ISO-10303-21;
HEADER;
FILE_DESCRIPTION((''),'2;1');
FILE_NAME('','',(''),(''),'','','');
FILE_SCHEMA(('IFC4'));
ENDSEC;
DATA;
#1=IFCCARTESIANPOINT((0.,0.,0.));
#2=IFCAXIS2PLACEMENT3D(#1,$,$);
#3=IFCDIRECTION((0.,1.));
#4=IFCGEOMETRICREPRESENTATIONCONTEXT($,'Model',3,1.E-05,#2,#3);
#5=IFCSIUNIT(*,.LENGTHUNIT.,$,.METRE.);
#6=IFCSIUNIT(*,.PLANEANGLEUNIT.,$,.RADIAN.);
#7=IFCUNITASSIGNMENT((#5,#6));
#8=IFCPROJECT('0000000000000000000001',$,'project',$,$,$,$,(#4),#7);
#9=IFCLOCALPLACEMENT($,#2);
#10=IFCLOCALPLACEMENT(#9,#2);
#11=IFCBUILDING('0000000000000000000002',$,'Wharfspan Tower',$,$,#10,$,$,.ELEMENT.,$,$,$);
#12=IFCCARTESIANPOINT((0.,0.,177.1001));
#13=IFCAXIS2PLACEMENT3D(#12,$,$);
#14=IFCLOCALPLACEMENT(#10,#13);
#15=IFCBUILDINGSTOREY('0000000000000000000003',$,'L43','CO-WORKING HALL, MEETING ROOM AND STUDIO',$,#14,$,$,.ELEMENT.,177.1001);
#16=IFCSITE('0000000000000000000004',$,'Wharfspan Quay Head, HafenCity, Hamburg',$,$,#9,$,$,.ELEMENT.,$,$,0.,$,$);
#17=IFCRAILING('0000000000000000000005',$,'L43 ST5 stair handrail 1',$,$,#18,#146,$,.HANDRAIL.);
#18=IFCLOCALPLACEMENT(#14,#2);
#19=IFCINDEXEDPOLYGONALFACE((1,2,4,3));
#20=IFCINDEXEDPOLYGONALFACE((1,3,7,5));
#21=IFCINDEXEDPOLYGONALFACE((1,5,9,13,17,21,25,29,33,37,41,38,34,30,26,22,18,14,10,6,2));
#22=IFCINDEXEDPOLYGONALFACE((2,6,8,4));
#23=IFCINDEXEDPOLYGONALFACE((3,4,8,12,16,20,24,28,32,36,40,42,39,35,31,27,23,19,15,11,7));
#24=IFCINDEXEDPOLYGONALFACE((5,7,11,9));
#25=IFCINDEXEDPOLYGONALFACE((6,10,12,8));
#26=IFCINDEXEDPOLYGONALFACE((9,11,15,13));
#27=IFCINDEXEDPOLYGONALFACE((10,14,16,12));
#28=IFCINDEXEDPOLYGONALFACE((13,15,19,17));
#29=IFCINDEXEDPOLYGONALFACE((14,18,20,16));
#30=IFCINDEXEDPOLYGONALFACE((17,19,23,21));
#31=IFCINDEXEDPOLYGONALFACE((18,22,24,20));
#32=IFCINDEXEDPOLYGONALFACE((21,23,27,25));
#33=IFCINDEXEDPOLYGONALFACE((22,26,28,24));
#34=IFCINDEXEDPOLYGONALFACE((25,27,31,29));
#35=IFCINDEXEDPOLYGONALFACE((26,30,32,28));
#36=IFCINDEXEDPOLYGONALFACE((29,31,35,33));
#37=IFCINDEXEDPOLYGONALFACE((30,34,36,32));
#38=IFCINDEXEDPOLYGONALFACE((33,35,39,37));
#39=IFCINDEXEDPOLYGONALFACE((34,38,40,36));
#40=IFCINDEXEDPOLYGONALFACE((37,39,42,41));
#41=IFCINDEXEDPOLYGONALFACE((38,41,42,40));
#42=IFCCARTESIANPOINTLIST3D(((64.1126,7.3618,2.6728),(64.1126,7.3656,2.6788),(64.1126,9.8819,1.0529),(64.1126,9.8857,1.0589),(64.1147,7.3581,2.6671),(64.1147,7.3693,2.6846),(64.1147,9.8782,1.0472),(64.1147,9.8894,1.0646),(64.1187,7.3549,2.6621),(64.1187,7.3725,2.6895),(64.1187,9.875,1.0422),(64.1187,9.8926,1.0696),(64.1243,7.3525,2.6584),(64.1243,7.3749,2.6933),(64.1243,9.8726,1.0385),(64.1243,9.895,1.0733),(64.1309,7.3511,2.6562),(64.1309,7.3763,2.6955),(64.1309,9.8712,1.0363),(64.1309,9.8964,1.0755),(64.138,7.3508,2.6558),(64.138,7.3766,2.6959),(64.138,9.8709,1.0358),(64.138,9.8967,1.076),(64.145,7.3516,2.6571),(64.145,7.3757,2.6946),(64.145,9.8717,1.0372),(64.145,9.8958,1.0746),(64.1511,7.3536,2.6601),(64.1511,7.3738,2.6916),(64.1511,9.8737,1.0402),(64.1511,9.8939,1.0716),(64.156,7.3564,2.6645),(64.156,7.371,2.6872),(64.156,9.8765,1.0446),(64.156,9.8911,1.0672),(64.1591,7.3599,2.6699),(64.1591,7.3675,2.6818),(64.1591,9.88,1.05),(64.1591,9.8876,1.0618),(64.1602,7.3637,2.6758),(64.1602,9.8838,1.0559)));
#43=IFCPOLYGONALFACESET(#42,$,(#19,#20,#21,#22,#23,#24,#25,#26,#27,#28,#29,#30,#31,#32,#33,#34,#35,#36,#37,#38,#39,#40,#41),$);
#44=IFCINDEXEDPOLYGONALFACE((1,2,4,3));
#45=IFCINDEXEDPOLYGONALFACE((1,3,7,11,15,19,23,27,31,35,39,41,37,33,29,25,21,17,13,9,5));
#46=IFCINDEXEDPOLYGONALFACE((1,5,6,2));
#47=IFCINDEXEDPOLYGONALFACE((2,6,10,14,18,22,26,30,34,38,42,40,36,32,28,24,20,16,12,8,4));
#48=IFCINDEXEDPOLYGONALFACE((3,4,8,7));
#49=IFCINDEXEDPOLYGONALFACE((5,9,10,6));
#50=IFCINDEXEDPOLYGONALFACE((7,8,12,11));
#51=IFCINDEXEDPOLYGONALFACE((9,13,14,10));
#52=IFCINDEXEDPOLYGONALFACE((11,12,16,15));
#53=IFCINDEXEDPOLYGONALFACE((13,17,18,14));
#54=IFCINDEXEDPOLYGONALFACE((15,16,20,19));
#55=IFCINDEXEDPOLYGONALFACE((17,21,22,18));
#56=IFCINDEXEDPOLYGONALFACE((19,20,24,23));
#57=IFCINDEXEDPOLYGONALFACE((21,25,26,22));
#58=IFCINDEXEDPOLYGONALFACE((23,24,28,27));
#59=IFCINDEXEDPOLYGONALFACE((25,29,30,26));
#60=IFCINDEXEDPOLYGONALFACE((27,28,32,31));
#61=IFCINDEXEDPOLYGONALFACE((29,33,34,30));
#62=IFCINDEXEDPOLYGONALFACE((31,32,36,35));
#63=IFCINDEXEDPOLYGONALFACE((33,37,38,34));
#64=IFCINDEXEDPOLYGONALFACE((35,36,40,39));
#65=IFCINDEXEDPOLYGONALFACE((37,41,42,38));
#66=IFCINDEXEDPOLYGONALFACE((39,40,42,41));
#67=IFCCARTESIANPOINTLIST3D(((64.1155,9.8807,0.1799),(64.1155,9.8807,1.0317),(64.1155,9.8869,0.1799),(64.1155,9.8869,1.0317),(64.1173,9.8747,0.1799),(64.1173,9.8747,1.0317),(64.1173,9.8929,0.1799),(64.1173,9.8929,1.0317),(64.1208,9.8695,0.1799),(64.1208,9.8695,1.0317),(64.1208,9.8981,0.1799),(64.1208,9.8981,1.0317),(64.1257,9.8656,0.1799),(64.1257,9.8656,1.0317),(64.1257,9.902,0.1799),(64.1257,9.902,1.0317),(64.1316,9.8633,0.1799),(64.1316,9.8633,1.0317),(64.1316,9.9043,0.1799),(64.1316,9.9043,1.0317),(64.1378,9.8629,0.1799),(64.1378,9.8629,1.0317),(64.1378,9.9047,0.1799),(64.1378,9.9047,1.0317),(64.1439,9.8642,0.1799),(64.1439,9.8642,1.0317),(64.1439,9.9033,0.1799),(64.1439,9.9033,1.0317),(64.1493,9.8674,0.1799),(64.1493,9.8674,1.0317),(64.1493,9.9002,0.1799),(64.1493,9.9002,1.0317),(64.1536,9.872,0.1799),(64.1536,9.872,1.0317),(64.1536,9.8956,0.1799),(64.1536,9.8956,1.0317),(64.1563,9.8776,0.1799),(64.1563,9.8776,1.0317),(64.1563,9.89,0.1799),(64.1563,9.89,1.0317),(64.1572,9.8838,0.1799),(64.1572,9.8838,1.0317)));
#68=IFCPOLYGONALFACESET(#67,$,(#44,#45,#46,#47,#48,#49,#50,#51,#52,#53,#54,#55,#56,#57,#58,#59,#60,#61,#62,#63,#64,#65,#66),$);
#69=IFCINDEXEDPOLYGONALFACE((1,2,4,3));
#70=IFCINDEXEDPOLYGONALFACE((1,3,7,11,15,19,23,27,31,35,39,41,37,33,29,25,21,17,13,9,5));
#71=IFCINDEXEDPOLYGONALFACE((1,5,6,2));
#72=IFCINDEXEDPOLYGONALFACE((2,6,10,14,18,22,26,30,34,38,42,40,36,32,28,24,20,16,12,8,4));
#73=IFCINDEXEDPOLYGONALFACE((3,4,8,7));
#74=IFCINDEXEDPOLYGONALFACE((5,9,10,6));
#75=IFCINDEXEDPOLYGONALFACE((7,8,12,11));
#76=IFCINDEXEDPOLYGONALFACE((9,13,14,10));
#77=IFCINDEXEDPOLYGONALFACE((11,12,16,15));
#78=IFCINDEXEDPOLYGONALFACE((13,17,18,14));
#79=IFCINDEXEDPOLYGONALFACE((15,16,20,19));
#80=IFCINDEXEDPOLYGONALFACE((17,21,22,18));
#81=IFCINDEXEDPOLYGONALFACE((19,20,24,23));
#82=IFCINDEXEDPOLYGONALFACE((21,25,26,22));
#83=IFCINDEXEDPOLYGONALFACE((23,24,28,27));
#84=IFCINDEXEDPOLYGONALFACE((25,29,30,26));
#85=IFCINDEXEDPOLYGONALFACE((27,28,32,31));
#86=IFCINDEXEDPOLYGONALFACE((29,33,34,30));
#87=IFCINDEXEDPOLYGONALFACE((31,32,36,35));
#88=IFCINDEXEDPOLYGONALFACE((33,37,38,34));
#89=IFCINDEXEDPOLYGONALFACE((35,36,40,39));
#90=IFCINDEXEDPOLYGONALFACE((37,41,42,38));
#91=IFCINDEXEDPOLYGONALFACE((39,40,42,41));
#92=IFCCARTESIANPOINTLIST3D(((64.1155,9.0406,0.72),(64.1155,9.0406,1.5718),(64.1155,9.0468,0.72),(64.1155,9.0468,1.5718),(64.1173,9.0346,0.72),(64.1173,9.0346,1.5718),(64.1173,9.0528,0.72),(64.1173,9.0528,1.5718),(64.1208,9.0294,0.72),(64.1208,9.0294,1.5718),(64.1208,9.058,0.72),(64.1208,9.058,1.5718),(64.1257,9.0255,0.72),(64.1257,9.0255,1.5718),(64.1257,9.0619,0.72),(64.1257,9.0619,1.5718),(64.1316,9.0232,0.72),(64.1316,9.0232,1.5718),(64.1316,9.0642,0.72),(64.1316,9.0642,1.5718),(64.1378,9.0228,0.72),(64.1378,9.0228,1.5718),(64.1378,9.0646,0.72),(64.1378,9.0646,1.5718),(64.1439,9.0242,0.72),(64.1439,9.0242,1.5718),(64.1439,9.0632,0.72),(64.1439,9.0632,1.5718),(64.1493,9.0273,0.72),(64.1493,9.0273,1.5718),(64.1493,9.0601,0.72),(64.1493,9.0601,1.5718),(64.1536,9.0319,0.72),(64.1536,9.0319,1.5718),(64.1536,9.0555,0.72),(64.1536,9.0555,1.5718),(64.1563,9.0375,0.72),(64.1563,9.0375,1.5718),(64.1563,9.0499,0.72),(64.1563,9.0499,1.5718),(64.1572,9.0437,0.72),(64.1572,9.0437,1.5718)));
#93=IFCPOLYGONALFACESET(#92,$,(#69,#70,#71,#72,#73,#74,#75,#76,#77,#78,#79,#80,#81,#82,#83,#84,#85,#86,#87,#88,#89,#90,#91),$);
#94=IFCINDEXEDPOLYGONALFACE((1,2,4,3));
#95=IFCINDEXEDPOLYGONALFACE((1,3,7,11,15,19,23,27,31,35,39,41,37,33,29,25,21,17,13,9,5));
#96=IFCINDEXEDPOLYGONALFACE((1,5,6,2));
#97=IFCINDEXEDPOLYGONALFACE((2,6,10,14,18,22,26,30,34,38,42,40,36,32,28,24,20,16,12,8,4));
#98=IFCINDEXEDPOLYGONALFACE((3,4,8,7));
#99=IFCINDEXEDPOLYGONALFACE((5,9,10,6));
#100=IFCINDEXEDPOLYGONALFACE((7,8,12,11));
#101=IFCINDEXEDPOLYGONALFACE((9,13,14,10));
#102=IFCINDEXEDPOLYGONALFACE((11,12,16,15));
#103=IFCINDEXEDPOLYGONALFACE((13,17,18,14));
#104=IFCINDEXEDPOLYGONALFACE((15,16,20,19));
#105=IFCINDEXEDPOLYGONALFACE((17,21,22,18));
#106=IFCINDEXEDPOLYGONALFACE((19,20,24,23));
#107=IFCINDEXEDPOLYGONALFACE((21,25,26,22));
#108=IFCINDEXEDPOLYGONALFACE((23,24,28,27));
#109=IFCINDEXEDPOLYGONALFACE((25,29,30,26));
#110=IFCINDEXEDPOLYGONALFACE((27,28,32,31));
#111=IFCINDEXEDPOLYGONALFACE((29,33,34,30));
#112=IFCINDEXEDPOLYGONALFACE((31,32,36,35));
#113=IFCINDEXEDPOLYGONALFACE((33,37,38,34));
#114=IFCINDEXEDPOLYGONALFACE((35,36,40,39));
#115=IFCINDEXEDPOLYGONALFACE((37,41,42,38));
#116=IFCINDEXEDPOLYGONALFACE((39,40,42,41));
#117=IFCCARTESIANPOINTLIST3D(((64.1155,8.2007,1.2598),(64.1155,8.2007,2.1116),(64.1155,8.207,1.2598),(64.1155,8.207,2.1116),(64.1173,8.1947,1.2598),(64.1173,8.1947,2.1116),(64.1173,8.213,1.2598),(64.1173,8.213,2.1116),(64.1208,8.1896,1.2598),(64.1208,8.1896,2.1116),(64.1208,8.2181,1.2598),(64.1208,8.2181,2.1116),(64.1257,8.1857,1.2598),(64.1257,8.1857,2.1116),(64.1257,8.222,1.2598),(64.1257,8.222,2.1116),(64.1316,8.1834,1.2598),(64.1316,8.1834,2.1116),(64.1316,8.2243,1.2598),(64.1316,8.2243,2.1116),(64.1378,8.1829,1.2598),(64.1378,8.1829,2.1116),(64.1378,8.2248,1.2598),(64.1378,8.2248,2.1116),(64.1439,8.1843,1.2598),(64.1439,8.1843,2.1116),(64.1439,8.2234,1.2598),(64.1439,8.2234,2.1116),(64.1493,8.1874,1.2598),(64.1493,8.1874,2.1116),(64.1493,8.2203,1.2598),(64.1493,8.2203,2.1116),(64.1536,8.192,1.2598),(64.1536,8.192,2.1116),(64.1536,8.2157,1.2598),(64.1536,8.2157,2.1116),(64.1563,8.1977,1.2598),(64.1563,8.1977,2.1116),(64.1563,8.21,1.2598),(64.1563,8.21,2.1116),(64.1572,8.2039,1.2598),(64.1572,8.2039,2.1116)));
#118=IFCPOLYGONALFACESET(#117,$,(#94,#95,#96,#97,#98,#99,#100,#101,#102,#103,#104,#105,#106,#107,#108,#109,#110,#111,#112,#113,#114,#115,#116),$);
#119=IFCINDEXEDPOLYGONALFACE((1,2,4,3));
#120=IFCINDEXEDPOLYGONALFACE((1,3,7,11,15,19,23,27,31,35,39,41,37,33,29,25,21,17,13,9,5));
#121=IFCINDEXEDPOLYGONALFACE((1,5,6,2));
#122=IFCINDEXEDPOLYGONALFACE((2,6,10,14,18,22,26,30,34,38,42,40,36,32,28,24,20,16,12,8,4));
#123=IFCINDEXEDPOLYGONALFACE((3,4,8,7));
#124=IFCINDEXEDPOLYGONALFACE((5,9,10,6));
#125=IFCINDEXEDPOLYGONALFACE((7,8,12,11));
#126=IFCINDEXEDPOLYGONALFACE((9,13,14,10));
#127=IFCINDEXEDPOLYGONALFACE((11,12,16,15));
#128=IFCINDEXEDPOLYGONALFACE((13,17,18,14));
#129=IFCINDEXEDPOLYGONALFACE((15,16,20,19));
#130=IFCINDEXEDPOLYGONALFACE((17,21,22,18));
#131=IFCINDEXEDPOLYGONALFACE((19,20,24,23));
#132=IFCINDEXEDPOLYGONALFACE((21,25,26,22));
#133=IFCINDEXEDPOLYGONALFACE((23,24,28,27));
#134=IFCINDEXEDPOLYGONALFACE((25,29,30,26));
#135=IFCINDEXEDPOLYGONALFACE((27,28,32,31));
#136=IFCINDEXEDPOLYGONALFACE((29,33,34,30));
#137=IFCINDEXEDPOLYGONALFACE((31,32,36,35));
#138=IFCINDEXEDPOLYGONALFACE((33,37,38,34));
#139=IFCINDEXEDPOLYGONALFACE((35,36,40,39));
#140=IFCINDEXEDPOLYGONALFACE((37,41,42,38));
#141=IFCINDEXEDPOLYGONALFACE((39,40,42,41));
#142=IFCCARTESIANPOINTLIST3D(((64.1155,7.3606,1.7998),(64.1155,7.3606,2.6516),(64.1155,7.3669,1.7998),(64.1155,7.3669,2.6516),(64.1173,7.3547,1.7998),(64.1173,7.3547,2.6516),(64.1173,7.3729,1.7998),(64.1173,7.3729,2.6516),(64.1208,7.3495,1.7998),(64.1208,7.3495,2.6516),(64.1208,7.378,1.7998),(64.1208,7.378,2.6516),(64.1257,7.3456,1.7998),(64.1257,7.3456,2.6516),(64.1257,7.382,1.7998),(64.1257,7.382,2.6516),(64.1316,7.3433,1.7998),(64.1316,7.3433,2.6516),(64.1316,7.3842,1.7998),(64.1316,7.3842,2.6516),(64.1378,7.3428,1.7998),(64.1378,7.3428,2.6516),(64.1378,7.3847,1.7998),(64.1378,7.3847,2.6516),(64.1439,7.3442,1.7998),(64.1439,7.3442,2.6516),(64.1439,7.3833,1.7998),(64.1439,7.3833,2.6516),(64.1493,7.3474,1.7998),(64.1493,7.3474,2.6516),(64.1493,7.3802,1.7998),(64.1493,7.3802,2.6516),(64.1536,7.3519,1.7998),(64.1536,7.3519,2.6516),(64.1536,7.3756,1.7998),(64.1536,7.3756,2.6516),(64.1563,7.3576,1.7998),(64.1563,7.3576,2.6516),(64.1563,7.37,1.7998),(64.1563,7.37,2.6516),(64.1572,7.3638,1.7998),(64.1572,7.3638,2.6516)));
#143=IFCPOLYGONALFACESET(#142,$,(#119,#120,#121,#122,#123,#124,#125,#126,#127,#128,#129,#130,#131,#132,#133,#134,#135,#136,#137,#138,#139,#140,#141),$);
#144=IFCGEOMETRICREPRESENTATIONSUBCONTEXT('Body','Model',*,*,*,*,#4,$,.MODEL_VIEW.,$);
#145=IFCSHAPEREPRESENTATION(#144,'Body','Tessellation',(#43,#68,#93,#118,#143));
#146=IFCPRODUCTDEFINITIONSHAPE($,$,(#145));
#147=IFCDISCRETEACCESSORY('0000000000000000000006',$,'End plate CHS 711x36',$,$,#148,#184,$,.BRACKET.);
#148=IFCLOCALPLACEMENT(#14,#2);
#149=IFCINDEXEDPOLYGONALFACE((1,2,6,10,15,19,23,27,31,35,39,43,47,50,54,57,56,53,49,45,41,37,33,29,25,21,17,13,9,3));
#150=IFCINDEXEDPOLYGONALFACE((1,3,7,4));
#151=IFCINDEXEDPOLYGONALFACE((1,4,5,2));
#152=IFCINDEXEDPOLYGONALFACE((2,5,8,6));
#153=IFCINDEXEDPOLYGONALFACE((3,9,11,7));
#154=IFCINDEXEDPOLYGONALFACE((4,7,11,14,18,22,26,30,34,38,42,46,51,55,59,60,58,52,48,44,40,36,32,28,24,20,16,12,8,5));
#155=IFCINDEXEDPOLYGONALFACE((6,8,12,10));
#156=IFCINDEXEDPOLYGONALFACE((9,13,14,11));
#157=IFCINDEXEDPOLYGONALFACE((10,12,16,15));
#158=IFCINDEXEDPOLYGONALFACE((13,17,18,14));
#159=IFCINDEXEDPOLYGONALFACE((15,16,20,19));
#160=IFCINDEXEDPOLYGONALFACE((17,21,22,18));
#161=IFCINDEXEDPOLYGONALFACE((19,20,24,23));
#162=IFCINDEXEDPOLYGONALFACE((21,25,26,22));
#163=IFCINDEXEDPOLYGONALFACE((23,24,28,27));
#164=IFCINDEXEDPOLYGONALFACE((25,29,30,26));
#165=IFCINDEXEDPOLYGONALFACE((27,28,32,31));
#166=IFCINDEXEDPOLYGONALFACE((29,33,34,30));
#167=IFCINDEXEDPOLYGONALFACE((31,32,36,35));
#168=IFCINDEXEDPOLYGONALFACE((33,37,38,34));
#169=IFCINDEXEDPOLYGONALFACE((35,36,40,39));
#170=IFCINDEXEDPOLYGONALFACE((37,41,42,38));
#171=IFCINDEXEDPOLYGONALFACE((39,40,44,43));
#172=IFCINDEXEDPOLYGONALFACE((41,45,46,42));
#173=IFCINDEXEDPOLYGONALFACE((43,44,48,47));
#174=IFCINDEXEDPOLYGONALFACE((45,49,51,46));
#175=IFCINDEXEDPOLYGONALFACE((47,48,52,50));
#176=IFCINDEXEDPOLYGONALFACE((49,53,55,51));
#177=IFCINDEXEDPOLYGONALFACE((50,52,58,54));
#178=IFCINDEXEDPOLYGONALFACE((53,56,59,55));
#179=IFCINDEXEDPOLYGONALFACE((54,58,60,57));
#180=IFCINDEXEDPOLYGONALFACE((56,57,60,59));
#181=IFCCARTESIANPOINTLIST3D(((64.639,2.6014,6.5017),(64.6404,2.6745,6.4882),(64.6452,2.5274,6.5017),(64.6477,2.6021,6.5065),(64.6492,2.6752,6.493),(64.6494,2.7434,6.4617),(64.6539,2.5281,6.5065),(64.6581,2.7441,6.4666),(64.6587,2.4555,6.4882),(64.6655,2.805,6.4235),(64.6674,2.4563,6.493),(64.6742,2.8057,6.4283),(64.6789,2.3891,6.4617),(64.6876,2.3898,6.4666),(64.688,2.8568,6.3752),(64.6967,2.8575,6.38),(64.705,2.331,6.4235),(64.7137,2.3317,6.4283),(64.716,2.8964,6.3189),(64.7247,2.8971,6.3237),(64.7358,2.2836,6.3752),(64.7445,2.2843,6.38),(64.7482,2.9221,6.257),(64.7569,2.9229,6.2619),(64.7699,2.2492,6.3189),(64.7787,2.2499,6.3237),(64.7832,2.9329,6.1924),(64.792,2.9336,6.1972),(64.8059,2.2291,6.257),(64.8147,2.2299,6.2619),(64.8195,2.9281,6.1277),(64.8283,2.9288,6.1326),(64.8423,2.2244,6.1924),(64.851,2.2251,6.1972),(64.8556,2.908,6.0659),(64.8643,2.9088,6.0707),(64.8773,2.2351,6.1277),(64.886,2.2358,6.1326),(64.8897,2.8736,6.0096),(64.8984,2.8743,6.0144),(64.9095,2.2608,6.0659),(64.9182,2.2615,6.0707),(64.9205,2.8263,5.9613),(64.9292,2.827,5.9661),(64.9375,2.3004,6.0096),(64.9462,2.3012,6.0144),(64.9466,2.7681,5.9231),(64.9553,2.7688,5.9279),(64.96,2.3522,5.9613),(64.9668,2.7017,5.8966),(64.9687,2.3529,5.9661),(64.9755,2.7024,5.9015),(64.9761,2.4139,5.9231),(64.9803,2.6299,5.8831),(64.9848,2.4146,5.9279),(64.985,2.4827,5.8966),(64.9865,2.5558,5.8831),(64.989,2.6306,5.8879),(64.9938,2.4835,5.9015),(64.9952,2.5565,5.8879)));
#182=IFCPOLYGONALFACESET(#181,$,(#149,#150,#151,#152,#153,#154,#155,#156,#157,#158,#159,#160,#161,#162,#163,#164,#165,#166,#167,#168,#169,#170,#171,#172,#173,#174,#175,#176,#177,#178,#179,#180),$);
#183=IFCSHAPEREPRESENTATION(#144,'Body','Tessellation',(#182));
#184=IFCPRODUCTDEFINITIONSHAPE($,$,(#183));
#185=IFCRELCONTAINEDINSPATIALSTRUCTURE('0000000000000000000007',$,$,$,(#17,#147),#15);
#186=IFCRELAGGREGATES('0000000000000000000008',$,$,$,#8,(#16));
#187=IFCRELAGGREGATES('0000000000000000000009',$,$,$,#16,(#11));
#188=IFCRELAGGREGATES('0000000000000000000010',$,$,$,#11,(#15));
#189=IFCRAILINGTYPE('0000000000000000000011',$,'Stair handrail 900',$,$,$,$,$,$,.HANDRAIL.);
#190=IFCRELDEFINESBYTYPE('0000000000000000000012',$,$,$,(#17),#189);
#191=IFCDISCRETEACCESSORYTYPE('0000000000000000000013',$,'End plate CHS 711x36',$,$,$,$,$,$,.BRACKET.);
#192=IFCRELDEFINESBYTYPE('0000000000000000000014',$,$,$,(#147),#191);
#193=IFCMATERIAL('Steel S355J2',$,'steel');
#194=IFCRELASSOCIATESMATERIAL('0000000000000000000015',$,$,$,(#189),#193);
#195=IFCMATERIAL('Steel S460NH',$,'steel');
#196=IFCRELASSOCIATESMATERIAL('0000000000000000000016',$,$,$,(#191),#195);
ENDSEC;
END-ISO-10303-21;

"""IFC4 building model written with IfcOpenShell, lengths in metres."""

from ifc_helpers import new_model, si_unit, direction, frame, origin, origin_2d, place, context, subcontext, project, spatial, circle, extrude, material, material_profile, profile_set, type_object, element, save


model = new_model("IFC4")

# Units and contexts
model_context = context("Model", 3, precision=1e-05, world=origin(), true_north=direction((0.0, 1.0)))
body_context = subcontext(model_context, "Body", "Model", "MODEL_VIEW")
ifc_project = project(units=[si_unit("LENGTHUNIT", "METRE"), si_unit("PLANEANGLEUNIT", "RADIAN")], contexts=[model_context])

# Site, building, storey
site_placement = place(None, origin())
site = spatial("IfcSite", under=ifc_project, at=site_placement, Name="Wharfspan Quay Head, HafenCity, Hamburg", CompositionType="ELEMENT", RefElevation=0.0)
building_placement = place(site_placement, origin())
building = spatial("IfcBuilding", under=site, at=building_placement, Name="Wharfspan Tower", CompositionType="ELEMENT")
storey_placement = place(building_placement, frame((0.0, 0.0, 177.1001)))
storey = spatial("IfcBuildingStorey", under=building, at=storey_placement, Name="L43", Description="CO-WORKING HALL, MEETING ROOM AND STUDIO", CompositionType="ELEMENT", Elevation=177.1001)

# Shared definitions
ifc_material_1 = material(Name="Steel S355J2", Category="steel")

# Shared definitions
ifc_material_2 = material(Name="Steel S460NH", Category="steel")

# Railing
railing_type_1 = type_object("IfcRailingType", Name="Stair handrail 900", PredefinedType="HANDRAIL", material=ifc_material_1)
railing_1_placement = place(storey_placement, frame((64.1362, 9.8838, 0.1799)))
element("IfcRailing", 1, at=railing_1_placement, inside=storey, type_object=railing_type_1, Name="L43 ST5 stair handrail 1", PredefinedType="HANDRAIL", context=body_context, shape_type="SweptSolid", body=[
    extrude(circle(Radius=0.0239, at=origin_2d()), frame((0.0, 0.0, 0.876), z_axis=(0.0, -0.8412, 0.540725), x_axis=(1.0, 0.0, 0.0)), (0.0, 0.0, 1.0), 2.9958),
    extrude(circle(Radius=0.021, at=origin_2d()), origin(), (0.0, 0.0, 1.0), 0.8518),
    extrude(circle(Radius=0.021, at=origin_2d()), frame((0.0, -0.8401, 0.54)), (0.0, 0.0, 1.0), 0.8518),
    extrude(circle(Radius=0.021, at=origin_2d()), frame((0.0, -1.6799, 1.0798)), (0.0, 0.0, 1.0), 0.8518),
    extrude(circle(Radius=0.021, at=origin_2d()), frame((0.0, -2.52, 1.6199)), (0.0, 0.0, 1.0), 0.8518),
])

# Discrete accessory
ifc_material_profile_1 = material_profile(ifc_material_2, circle(Radius=0.3555, at=origin_2d()))
ifc_profile_set_1 = profile_set([ifc_material_profile_1], Name="Steel S460NH")
discrete_accessory_type = type_object("IfcDiscreteAccessoryType", Name="End plate CHS 711x36", PredefinedType="BRACKET", material=ifc_profile_set_1)
discrete_accessory_placement = place(storey_placement, frame((64.8127, 2.5786, 6.1924), z_axis=(0.871847, 0.072654, 0.484359), x_axis=(-0.083044, 0.996547, -0.000003)))
element("IfcDiscreteAccessory", 2, at=discrete_accessory_placement, inside=storey, type_object=discrete_accessory_type, Name="End plate CHS 711x36", PredefinedType="BRACKET", context=body_context, shape_type="SweptSolid", body=[
    extrude(circle(Radius=0.3555, at=origin_2d()), origin(), (0.0, 0.0, 1.0), 0.01),
])

save(model, "model.ifc")
